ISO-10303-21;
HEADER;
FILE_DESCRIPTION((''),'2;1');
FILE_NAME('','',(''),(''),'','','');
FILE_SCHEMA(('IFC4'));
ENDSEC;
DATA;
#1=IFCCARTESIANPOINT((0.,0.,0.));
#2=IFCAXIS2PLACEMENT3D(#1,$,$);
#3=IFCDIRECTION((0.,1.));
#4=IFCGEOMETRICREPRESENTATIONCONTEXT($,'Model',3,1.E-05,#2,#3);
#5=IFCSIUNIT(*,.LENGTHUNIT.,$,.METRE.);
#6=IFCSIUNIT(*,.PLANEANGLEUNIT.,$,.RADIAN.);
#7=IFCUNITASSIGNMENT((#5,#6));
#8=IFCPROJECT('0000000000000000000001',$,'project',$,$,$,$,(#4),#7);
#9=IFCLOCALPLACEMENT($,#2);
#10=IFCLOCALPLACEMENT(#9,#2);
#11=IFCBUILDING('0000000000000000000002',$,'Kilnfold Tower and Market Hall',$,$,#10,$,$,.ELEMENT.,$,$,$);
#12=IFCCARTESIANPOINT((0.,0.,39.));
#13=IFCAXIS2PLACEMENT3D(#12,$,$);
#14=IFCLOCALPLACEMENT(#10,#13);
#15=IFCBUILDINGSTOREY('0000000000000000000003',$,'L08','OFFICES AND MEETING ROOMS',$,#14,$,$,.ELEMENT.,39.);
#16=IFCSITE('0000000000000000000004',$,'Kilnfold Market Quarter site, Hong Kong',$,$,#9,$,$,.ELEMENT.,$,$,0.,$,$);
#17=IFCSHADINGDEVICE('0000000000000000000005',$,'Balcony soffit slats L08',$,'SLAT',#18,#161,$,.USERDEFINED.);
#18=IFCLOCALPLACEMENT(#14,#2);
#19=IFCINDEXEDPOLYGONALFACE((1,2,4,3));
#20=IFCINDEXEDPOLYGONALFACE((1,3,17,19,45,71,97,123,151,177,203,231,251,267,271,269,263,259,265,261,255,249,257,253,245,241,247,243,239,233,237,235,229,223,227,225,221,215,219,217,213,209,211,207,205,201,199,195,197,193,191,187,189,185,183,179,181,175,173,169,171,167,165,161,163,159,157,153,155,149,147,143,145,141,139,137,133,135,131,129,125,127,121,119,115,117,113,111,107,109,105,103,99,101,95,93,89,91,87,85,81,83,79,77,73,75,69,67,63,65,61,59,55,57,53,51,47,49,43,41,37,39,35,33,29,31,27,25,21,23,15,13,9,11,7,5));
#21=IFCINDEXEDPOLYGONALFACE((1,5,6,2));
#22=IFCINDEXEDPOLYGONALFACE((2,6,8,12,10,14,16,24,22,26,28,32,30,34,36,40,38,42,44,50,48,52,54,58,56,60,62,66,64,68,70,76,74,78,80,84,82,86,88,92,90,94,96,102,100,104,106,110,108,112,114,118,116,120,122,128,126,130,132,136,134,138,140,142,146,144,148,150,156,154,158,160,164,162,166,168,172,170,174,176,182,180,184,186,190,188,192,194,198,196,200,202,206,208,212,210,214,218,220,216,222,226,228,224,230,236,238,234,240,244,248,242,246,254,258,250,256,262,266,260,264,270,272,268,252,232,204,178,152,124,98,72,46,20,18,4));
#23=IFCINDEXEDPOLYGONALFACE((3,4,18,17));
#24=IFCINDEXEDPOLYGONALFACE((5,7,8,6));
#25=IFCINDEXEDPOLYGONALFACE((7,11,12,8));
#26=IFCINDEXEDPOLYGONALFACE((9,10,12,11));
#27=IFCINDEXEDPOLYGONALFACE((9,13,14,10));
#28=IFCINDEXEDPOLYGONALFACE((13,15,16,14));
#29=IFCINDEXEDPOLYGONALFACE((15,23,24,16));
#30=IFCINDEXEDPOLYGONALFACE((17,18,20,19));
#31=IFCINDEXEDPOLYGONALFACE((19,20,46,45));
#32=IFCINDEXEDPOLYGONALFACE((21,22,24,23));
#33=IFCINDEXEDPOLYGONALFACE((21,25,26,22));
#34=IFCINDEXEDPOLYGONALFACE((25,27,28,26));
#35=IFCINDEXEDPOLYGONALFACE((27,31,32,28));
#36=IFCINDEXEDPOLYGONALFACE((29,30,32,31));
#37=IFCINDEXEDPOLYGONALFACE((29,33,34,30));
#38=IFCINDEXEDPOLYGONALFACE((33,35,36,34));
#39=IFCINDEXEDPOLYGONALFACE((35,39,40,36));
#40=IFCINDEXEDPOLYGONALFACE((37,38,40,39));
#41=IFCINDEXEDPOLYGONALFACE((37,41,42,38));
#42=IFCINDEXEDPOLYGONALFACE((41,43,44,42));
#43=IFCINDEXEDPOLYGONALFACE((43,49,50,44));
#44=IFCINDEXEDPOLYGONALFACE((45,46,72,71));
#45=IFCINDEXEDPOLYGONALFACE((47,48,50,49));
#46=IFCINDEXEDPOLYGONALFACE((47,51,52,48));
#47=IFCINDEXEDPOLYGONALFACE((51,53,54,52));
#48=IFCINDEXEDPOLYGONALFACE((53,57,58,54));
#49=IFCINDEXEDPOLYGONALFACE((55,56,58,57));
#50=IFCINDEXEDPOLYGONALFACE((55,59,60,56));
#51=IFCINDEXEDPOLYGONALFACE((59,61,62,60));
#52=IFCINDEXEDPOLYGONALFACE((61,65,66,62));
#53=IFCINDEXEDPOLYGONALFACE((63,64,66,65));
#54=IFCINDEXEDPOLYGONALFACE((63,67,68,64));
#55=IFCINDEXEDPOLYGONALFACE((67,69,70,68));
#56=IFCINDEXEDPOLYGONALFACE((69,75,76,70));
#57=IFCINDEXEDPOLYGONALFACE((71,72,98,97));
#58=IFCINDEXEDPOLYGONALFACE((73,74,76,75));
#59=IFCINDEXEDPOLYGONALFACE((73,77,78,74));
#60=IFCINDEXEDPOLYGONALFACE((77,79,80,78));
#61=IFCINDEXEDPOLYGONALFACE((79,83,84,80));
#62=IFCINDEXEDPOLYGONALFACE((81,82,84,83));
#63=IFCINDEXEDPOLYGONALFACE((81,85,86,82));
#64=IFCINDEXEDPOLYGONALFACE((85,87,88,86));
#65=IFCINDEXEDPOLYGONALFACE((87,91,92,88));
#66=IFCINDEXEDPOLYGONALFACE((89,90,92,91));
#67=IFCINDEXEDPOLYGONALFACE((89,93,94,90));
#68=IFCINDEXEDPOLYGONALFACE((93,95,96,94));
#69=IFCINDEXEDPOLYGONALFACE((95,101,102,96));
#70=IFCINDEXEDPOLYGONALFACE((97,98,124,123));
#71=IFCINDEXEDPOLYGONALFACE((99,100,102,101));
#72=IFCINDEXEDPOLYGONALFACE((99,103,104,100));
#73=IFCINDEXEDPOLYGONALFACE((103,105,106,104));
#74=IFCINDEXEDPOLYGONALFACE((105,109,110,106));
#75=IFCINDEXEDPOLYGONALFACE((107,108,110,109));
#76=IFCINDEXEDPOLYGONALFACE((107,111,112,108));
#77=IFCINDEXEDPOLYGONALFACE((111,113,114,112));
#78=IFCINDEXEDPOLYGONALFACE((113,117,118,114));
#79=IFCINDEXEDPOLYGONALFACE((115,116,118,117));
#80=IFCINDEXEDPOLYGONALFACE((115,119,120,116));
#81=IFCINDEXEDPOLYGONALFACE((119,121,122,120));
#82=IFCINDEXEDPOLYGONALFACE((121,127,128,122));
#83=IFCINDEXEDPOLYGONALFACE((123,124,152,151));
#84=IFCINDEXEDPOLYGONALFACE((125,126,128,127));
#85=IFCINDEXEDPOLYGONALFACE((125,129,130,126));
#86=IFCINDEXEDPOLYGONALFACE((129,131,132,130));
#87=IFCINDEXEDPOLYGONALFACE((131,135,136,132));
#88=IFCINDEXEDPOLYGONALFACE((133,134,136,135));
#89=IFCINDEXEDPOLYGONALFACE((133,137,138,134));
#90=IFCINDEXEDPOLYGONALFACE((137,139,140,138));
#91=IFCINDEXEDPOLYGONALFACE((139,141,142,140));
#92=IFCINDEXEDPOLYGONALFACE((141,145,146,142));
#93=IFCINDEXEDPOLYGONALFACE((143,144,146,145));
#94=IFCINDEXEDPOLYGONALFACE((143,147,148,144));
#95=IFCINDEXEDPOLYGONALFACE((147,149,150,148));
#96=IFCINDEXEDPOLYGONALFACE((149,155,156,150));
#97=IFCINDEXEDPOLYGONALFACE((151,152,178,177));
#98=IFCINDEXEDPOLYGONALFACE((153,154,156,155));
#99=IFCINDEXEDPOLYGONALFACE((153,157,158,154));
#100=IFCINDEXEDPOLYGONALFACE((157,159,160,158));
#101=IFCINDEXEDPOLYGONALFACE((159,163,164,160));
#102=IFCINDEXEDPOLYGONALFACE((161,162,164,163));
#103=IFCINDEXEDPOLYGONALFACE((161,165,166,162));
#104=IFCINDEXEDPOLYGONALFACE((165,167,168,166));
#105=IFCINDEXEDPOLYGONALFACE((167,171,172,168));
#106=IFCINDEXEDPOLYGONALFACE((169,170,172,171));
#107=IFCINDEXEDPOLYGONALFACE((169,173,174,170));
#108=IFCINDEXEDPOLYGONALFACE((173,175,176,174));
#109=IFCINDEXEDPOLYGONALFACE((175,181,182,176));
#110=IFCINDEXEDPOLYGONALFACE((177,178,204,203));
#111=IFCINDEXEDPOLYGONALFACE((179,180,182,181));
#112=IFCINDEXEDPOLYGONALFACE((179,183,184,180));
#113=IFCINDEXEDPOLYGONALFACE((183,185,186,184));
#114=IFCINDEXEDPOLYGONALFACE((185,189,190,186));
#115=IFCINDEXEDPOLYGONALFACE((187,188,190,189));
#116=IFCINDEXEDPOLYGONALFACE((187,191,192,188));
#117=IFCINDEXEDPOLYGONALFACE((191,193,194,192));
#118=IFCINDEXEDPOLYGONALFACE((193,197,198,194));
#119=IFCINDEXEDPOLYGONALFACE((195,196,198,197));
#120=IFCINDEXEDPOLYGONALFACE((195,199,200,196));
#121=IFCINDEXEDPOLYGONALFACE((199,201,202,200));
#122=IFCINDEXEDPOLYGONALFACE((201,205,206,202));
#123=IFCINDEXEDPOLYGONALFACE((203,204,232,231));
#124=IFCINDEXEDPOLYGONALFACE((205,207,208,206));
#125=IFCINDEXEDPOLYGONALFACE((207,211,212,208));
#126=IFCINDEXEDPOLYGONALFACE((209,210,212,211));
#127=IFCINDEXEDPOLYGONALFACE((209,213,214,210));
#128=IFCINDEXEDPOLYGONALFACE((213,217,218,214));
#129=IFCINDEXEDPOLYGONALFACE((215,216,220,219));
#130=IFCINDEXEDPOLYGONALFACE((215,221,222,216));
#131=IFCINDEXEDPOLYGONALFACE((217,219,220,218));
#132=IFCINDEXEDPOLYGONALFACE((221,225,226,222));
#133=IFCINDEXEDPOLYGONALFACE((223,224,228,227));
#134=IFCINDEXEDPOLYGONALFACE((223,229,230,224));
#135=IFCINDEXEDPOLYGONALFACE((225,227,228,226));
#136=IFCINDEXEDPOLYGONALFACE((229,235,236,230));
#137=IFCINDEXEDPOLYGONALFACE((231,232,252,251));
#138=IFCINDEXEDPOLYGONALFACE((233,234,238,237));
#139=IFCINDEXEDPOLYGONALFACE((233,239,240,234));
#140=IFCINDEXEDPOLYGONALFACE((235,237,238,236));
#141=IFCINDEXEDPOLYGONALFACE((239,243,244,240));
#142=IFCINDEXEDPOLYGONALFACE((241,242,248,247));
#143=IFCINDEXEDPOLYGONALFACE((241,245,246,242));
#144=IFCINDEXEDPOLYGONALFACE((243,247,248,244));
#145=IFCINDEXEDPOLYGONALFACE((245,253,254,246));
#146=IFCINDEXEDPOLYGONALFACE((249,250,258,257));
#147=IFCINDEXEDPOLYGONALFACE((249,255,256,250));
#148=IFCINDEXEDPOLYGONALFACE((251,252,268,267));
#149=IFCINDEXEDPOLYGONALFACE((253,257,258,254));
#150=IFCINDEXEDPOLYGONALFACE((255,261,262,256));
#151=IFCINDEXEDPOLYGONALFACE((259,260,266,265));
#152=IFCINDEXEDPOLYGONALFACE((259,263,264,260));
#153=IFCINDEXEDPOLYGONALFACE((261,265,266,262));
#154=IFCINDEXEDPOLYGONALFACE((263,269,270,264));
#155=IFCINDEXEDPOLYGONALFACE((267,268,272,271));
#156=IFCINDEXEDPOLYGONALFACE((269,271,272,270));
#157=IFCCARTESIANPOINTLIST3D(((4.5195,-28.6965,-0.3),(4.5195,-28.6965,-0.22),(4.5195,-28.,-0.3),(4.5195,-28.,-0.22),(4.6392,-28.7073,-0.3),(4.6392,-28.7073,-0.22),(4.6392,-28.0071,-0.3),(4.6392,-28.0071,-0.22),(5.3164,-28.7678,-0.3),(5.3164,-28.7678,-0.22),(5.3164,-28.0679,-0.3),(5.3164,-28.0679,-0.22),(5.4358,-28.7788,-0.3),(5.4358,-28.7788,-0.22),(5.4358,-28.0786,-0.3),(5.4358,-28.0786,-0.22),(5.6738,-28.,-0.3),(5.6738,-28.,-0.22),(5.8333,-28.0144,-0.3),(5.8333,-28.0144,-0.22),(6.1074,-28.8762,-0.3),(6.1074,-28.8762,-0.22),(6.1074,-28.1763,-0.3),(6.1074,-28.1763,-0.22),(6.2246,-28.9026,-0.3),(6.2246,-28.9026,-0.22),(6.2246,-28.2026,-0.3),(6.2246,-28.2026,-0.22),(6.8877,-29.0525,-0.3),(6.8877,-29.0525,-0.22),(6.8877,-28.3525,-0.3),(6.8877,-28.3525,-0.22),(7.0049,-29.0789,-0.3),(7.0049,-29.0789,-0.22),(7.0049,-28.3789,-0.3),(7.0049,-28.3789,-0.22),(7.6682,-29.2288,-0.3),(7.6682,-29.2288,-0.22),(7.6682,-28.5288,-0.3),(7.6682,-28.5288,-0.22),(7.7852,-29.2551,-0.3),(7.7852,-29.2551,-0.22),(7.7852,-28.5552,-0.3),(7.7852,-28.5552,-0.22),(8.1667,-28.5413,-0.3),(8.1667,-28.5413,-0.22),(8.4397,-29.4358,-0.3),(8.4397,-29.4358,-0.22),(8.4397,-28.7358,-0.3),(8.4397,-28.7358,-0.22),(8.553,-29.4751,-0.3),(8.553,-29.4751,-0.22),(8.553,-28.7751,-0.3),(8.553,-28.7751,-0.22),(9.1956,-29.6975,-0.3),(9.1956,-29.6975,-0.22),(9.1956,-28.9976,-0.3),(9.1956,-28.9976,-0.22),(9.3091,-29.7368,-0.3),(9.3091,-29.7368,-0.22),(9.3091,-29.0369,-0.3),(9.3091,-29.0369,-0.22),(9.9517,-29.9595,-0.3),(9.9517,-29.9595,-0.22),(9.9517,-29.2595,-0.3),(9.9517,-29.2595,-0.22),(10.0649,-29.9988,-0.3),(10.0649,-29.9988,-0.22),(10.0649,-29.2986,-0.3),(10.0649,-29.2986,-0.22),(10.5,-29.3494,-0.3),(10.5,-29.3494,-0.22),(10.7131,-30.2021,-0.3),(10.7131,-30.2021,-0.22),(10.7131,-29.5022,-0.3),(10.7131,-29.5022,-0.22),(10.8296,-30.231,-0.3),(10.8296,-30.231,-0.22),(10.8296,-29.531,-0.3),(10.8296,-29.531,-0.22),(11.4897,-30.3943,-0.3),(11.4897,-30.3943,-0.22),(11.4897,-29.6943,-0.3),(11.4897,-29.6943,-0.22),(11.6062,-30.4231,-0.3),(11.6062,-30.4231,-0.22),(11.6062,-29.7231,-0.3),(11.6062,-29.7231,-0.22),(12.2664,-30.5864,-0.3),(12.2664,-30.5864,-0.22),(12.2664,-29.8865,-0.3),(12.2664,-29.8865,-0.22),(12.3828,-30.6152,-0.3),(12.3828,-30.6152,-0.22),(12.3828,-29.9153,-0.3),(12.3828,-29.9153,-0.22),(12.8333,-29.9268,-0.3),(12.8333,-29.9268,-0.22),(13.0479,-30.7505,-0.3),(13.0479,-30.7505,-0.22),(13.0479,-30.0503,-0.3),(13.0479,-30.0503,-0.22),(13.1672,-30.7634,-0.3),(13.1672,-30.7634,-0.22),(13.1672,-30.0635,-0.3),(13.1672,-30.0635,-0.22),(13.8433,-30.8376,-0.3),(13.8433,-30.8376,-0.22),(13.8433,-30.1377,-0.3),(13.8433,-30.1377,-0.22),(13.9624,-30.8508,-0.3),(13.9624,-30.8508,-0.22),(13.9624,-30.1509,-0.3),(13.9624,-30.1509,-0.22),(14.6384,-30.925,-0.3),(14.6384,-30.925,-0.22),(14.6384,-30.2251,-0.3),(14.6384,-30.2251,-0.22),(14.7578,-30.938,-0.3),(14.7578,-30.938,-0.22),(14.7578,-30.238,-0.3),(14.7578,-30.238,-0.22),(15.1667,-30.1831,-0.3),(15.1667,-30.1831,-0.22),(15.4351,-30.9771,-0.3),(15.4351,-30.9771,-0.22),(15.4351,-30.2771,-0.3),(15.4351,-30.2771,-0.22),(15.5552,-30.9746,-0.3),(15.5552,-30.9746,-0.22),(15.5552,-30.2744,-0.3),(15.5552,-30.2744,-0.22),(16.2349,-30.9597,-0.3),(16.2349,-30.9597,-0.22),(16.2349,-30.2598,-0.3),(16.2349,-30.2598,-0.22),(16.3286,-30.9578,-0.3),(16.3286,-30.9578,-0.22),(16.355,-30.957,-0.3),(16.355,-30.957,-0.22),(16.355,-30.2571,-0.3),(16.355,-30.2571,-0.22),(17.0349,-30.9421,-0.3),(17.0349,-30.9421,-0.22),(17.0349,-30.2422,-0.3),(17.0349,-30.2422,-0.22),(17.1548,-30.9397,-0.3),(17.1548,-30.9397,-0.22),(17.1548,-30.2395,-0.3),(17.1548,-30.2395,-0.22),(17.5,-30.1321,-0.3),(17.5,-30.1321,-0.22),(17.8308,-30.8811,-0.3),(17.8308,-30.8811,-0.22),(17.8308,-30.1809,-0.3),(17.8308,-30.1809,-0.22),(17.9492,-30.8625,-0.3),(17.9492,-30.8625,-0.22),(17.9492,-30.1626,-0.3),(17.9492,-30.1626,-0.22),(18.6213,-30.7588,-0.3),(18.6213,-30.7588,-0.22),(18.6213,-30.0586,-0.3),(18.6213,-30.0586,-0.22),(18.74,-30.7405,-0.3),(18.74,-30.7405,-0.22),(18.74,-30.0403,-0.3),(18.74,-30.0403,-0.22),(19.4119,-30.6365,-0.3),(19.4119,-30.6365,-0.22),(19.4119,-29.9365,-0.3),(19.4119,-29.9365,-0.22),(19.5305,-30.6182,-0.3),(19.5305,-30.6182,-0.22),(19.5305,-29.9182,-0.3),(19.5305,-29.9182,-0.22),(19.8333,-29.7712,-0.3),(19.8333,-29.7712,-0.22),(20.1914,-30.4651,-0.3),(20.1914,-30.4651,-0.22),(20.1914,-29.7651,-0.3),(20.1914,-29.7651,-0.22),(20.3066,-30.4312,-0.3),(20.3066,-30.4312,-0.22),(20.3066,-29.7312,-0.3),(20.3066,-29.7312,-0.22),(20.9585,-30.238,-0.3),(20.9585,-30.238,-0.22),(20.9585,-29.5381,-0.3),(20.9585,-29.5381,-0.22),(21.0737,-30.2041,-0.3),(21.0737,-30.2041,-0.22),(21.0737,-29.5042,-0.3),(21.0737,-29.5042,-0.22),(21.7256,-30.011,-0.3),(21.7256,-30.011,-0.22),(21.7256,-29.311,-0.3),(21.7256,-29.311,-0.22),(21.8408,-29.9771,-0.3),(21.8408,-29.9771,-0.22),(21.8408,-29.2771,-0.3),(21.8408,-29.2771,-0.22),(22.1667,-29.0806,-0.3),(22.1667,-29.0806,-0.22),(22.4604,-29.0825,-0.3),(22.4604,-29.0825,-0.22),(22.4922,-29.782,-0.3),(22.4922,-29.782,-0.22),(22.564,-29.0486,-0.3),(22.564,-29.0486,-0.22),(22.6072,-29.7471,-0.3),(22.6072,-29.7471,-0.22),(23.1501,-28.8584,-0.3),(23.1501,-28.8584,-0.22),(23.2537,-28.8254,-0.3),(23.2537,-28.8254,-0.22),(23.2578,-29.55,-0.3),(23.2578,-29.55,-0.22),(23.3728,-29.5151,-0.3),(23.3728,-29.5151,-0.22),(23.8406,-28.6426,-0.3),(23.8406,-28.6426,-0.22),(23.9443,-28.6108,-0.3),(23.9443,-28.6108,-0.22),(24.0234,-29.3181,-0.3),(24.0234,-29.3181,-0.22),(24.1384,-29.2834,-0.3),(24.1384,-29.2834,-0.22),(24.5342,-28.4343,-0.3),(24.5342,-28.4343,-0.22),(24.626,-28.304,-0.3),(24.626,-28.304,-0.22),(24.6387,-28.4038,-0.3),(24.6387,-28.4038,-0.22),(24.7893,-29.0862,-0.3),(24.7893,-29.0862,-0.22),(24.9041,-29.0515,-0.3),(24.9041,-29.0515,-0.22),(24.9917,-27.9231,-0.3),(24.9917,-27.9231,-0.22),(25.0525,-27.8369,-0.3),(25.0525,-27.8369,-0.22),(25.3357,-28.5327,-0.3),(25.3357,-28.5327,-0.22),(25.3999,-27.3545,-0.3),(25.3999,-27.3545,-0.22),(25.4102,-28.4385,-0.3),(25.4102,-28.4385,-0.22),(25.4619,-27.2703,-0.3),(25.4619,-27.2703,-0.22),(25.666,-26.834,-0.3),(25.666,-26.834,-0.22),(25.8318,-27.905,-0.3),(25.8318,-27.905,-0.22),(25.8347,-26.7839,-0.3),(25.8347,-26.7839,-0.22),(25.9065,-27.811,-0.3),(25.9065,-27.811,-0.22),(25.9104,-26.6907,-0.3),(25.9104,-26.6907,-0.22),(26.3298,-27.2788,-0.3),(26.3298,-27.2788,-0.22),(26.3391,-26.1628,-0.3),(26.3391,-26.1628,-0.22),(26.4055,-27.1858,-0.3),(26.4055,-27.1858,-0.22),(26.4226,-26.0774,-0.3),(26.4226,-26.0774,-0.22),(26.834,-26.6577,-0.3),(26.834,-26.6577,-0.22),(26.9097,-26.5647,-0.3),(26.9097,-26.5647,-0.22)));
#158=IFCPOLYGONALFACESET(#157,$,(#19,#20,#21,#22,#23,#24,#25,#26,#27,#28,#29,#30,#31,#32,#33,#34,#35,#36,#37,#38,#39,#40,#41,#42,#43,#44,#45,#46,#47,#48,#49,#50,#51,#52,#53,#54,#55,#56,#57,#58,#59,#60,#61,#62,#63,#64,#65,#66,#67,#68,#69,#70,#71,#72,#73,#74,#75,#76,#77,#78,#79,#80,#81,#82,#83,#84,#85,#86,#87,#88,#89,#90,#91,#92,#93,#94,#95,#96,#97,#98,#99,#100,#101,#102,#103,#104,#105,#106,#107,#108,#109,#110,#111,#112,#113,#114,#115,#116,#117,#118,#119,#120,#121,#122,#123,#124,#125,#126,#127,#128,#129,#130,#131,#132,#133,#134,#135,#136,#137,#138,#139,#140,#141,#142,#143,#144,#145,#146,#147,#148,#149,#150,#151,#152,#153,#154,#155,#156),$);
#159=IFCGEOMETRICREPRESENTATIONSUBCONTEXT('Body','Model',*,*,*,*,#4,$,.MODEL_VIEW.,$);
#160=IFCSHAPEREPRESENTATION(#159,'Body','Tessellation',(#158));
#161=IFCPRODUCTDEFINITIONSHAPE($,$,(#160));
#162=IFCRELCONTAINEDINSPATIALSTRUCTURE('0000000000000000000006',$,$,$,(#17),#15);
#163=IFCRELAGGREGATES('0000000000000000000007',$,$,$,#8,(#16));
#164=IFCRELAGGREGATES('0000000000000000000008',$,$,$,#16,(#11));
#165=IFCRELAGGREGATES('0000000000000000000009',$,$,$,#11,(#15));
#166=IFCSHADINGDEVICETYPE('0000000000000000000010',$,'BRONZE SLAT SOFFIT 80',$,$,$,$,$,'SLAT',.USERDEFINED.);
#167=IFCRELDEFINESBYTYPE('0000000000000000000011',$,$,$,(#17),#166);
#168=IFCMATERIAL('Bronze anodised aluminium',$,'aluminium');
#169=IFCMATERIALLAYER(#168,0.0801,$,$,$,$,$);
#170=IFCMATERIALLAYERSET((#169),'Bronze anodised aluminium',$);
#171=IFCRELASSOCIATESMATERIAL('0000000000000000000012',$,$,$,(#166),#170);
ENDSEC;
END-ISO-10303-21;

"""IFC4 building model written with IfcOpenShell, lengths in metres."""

from ifc_helpers import new_model, si_unit, direction, frame, origin, place, context, subcontext, project, spatial, polyline, outline, extrude, source, transform, mapped, material, layer, layer_set, type_object, element, save


model = new_model("IFC4")

# Units and contexts
model_context = context("Model", 3, precision=1e-05, world=origin(), true_north=direction((0.0, 1.0)))
body_context = subcontext(model_context, "Body", "Model", "MODEL_VIEW")
ifc_project = project(units=[si_unit("LENGTHUNIT", "METRE"), si_unit("PLANEANGLEUNIT", "RADIAN")], contexts=[model_context])

# Site, building, storey
site_placement = place(None, origin())
site = spatial("IfcSite", under=ifc_project, at=site_placement, Name="Kilnfold Market Quarter site, Hong Kong", CompositionType="ELEMENT", RefElevation=0.0)
building_placement = place(site_placement, origin())
building = spatial("IfcBuilding", under=site, at=building_placement, Name="Kilnfold Tower and Market Hall", CompositionType="ELEMENT")
storey_placement = place(building_placement, frame((0.0, 0.0, 39.0)))
storey = spatial("IfcBuildingStorey", under=building, at=storey_placement, Name="L08", Description="OFFICES AND MEETING ROOMS", CompositionType="ELEMENT", Elevation=39.0)

# Shading device
ifc_material_1 = material(Name="Bronze anodised aluminium", Category="aluminium")
ifc_layer_1 = layer(ifc_material_1, 0.0801)
ifc_layer_set_1 = layer_set([ifc_layer_1], Name="Bronze anodised aluminium")
shading_device_type_1 = type_object("IfcShadingDeviceType", Name="BRONZE SLAT SOFFIT 80", ElementType="SLAT", PredefinedType="USERDEFINED", material=ifc_layer_set_1)
shared_shape_1 = source(origin(), body_context, "Body", "SweptSolid", [
    extrude(outline(polyline([(5.8333, -28.0144), (8.1667, -28.5413), (10.5, -29.3494), (12.8333, -29.9268), (15.1667, -30.1831), (17.5, -30.1321), (19.8333, -29.7712), (22.1667, -29.0806), (24.626, -28.304), (25.666, -26.834), (26.4226, -26.0774), (26.9097, -26.5647), (26.834, -26.6577), (26.3391, -26.1628), (25.9104, -26.6907), (26.4055, -27.1858), (26.3298, -27.2788), (25.8347, -26.7839), (25.4619, -27.2703), (25.9065, -27.811), (25.8318, -27.905), (25.3999, -27.3545), (25.0525, -27.8369), (25.4102, -28.4385), (25.3357, -28.5327), (24.9917, -27.9231), (24.6387, -28.4038), (24.9041, -29.0515), (24.7893, -29.0862), (24.5342, -28.4343), (23.9443, -28.6108), (24.1384, -29.2834), (24.0234, -29.3181), (23.8406, -28.6426), (23.2537, -28.8254), (23.3728, -29.5151), (23.2578, -29.55), (23.1501, -28.8584), (22.564, -29.0486), (22.6072, -29.7471), (22.4922, -29.782), (22.4604, -29.0825), (21.8408, -29.2771), (21.8408, -29.9771), (21.7256, -30.011), (21.7256, -29.311), (21.0737, -29.5042), (21.0737, -30.2041), (20.9585, -30.238), (20.9585, -29.5381), (20.3066, -29.7312), (20.3066, -30.4312), (20.1914, -30.4651), (20.1914, -29.7651), (19.5305, -29.9182), (19.5305, -30.6182), (19.4119, -30.6365), (19.4119, -29.9365), (18.74, -30.0403), (18.74, -30.7405), (18.6213, -30.7588), (18.6213, -30.0586), (17.9492, -30.1626), (17.9492, -30.8625), (17.8308, -30.8811), (17.8308, -30.1809), (17.1548, -30.2395), (17.1548, -30.9397), (17.0349, -30.9421), (17.0349, -30.2422), (16.355, -30.2571), (16.355, -30.957), (16.3286, -30.9578), (16.2349, -30.9597), (16.2349, -30.2598), (15.5552, -30.2744), (15.5552, -30.9746), (15.4351, -30.9771), (15.4351, -30.2771), (14.7578, -30.238), (14.7578, -30.938), (14.6384, -30.925), (14.6384, -30.2251), (13.9624, -30.1509), (13.9624, -30.8508), (13.8433, -30.8376), (13.8433, -30.1377), (13.1672, -30.0635), (13.1672, -30.7634), (13.0479, -30.7505), (13.0479, -30.0503), (12.3828, -29.9153), (12.3828, -30.6152), (12.2664, -30.5864), (12.2664, -29.8865), (11.6062, -29.7231), (11.6062, -30.4231), (11.4897, -30.3943), (11.4897, -29.6943), (10.8296, -29.531), (10.8296, -30.231), (10.7131, -30.2021), (10.7131, -29.5022), (10.0649, -29.2986), (10.0649, -29.9988), (9.9517, -29.9595), (9.9517, -29.2595), (9.3091, -29.0369), (9.3091, -29.7368), (9.1956, -29.6975), (9.1956, -28.9976), (8.553, -28.7751), (8.553, -29.4751), (8.4397, -29.4358), (8.4397, -28.7358), (7.7852, -28.5552), (7.7852, -29.2551), (7.6682, -29.2288), (7.6682, -28.5288), (7.0049, -28.3789), (7.0049, -29.0789), (6.8877, -29.0525), (6.8877, -28.3525), (6.2246, -28.2026), (6.2246, -28.9026), (6.1074, -28.8762), (6.1074, -28.1763), (5.4358, -28.0786), (5.4358, -28.7788), (5.3164, -28.7678), (5.3164, -28.0679), (4.6392, -28.0071), (4.6392, -28.7073), (4.5195, -28.6965), (4.5195, -28.0), (5.6738, -28.0), (5.8333, -28.0144)])), origin(), (0.0, 0.0, 1.0), 0.0801),
])
shading_device_1_placement = place(storey_placement, frame((0.0, 0.0, -0.3)))
element("IfcShadingDevice", 1, at=shading_device_1_placement, inside=storey, type_object=shading_device_type_1, Name="Balcony soffit slats L08", ObjectType="SLAT", PredefinedType="USERDEFINED", context=body_context, shape_type="MappedRepresentation", body=[
    mapped(shared_shape_1, transform((0.0, 0.0, 0.0))),
])

save(model, "model.ifc")
